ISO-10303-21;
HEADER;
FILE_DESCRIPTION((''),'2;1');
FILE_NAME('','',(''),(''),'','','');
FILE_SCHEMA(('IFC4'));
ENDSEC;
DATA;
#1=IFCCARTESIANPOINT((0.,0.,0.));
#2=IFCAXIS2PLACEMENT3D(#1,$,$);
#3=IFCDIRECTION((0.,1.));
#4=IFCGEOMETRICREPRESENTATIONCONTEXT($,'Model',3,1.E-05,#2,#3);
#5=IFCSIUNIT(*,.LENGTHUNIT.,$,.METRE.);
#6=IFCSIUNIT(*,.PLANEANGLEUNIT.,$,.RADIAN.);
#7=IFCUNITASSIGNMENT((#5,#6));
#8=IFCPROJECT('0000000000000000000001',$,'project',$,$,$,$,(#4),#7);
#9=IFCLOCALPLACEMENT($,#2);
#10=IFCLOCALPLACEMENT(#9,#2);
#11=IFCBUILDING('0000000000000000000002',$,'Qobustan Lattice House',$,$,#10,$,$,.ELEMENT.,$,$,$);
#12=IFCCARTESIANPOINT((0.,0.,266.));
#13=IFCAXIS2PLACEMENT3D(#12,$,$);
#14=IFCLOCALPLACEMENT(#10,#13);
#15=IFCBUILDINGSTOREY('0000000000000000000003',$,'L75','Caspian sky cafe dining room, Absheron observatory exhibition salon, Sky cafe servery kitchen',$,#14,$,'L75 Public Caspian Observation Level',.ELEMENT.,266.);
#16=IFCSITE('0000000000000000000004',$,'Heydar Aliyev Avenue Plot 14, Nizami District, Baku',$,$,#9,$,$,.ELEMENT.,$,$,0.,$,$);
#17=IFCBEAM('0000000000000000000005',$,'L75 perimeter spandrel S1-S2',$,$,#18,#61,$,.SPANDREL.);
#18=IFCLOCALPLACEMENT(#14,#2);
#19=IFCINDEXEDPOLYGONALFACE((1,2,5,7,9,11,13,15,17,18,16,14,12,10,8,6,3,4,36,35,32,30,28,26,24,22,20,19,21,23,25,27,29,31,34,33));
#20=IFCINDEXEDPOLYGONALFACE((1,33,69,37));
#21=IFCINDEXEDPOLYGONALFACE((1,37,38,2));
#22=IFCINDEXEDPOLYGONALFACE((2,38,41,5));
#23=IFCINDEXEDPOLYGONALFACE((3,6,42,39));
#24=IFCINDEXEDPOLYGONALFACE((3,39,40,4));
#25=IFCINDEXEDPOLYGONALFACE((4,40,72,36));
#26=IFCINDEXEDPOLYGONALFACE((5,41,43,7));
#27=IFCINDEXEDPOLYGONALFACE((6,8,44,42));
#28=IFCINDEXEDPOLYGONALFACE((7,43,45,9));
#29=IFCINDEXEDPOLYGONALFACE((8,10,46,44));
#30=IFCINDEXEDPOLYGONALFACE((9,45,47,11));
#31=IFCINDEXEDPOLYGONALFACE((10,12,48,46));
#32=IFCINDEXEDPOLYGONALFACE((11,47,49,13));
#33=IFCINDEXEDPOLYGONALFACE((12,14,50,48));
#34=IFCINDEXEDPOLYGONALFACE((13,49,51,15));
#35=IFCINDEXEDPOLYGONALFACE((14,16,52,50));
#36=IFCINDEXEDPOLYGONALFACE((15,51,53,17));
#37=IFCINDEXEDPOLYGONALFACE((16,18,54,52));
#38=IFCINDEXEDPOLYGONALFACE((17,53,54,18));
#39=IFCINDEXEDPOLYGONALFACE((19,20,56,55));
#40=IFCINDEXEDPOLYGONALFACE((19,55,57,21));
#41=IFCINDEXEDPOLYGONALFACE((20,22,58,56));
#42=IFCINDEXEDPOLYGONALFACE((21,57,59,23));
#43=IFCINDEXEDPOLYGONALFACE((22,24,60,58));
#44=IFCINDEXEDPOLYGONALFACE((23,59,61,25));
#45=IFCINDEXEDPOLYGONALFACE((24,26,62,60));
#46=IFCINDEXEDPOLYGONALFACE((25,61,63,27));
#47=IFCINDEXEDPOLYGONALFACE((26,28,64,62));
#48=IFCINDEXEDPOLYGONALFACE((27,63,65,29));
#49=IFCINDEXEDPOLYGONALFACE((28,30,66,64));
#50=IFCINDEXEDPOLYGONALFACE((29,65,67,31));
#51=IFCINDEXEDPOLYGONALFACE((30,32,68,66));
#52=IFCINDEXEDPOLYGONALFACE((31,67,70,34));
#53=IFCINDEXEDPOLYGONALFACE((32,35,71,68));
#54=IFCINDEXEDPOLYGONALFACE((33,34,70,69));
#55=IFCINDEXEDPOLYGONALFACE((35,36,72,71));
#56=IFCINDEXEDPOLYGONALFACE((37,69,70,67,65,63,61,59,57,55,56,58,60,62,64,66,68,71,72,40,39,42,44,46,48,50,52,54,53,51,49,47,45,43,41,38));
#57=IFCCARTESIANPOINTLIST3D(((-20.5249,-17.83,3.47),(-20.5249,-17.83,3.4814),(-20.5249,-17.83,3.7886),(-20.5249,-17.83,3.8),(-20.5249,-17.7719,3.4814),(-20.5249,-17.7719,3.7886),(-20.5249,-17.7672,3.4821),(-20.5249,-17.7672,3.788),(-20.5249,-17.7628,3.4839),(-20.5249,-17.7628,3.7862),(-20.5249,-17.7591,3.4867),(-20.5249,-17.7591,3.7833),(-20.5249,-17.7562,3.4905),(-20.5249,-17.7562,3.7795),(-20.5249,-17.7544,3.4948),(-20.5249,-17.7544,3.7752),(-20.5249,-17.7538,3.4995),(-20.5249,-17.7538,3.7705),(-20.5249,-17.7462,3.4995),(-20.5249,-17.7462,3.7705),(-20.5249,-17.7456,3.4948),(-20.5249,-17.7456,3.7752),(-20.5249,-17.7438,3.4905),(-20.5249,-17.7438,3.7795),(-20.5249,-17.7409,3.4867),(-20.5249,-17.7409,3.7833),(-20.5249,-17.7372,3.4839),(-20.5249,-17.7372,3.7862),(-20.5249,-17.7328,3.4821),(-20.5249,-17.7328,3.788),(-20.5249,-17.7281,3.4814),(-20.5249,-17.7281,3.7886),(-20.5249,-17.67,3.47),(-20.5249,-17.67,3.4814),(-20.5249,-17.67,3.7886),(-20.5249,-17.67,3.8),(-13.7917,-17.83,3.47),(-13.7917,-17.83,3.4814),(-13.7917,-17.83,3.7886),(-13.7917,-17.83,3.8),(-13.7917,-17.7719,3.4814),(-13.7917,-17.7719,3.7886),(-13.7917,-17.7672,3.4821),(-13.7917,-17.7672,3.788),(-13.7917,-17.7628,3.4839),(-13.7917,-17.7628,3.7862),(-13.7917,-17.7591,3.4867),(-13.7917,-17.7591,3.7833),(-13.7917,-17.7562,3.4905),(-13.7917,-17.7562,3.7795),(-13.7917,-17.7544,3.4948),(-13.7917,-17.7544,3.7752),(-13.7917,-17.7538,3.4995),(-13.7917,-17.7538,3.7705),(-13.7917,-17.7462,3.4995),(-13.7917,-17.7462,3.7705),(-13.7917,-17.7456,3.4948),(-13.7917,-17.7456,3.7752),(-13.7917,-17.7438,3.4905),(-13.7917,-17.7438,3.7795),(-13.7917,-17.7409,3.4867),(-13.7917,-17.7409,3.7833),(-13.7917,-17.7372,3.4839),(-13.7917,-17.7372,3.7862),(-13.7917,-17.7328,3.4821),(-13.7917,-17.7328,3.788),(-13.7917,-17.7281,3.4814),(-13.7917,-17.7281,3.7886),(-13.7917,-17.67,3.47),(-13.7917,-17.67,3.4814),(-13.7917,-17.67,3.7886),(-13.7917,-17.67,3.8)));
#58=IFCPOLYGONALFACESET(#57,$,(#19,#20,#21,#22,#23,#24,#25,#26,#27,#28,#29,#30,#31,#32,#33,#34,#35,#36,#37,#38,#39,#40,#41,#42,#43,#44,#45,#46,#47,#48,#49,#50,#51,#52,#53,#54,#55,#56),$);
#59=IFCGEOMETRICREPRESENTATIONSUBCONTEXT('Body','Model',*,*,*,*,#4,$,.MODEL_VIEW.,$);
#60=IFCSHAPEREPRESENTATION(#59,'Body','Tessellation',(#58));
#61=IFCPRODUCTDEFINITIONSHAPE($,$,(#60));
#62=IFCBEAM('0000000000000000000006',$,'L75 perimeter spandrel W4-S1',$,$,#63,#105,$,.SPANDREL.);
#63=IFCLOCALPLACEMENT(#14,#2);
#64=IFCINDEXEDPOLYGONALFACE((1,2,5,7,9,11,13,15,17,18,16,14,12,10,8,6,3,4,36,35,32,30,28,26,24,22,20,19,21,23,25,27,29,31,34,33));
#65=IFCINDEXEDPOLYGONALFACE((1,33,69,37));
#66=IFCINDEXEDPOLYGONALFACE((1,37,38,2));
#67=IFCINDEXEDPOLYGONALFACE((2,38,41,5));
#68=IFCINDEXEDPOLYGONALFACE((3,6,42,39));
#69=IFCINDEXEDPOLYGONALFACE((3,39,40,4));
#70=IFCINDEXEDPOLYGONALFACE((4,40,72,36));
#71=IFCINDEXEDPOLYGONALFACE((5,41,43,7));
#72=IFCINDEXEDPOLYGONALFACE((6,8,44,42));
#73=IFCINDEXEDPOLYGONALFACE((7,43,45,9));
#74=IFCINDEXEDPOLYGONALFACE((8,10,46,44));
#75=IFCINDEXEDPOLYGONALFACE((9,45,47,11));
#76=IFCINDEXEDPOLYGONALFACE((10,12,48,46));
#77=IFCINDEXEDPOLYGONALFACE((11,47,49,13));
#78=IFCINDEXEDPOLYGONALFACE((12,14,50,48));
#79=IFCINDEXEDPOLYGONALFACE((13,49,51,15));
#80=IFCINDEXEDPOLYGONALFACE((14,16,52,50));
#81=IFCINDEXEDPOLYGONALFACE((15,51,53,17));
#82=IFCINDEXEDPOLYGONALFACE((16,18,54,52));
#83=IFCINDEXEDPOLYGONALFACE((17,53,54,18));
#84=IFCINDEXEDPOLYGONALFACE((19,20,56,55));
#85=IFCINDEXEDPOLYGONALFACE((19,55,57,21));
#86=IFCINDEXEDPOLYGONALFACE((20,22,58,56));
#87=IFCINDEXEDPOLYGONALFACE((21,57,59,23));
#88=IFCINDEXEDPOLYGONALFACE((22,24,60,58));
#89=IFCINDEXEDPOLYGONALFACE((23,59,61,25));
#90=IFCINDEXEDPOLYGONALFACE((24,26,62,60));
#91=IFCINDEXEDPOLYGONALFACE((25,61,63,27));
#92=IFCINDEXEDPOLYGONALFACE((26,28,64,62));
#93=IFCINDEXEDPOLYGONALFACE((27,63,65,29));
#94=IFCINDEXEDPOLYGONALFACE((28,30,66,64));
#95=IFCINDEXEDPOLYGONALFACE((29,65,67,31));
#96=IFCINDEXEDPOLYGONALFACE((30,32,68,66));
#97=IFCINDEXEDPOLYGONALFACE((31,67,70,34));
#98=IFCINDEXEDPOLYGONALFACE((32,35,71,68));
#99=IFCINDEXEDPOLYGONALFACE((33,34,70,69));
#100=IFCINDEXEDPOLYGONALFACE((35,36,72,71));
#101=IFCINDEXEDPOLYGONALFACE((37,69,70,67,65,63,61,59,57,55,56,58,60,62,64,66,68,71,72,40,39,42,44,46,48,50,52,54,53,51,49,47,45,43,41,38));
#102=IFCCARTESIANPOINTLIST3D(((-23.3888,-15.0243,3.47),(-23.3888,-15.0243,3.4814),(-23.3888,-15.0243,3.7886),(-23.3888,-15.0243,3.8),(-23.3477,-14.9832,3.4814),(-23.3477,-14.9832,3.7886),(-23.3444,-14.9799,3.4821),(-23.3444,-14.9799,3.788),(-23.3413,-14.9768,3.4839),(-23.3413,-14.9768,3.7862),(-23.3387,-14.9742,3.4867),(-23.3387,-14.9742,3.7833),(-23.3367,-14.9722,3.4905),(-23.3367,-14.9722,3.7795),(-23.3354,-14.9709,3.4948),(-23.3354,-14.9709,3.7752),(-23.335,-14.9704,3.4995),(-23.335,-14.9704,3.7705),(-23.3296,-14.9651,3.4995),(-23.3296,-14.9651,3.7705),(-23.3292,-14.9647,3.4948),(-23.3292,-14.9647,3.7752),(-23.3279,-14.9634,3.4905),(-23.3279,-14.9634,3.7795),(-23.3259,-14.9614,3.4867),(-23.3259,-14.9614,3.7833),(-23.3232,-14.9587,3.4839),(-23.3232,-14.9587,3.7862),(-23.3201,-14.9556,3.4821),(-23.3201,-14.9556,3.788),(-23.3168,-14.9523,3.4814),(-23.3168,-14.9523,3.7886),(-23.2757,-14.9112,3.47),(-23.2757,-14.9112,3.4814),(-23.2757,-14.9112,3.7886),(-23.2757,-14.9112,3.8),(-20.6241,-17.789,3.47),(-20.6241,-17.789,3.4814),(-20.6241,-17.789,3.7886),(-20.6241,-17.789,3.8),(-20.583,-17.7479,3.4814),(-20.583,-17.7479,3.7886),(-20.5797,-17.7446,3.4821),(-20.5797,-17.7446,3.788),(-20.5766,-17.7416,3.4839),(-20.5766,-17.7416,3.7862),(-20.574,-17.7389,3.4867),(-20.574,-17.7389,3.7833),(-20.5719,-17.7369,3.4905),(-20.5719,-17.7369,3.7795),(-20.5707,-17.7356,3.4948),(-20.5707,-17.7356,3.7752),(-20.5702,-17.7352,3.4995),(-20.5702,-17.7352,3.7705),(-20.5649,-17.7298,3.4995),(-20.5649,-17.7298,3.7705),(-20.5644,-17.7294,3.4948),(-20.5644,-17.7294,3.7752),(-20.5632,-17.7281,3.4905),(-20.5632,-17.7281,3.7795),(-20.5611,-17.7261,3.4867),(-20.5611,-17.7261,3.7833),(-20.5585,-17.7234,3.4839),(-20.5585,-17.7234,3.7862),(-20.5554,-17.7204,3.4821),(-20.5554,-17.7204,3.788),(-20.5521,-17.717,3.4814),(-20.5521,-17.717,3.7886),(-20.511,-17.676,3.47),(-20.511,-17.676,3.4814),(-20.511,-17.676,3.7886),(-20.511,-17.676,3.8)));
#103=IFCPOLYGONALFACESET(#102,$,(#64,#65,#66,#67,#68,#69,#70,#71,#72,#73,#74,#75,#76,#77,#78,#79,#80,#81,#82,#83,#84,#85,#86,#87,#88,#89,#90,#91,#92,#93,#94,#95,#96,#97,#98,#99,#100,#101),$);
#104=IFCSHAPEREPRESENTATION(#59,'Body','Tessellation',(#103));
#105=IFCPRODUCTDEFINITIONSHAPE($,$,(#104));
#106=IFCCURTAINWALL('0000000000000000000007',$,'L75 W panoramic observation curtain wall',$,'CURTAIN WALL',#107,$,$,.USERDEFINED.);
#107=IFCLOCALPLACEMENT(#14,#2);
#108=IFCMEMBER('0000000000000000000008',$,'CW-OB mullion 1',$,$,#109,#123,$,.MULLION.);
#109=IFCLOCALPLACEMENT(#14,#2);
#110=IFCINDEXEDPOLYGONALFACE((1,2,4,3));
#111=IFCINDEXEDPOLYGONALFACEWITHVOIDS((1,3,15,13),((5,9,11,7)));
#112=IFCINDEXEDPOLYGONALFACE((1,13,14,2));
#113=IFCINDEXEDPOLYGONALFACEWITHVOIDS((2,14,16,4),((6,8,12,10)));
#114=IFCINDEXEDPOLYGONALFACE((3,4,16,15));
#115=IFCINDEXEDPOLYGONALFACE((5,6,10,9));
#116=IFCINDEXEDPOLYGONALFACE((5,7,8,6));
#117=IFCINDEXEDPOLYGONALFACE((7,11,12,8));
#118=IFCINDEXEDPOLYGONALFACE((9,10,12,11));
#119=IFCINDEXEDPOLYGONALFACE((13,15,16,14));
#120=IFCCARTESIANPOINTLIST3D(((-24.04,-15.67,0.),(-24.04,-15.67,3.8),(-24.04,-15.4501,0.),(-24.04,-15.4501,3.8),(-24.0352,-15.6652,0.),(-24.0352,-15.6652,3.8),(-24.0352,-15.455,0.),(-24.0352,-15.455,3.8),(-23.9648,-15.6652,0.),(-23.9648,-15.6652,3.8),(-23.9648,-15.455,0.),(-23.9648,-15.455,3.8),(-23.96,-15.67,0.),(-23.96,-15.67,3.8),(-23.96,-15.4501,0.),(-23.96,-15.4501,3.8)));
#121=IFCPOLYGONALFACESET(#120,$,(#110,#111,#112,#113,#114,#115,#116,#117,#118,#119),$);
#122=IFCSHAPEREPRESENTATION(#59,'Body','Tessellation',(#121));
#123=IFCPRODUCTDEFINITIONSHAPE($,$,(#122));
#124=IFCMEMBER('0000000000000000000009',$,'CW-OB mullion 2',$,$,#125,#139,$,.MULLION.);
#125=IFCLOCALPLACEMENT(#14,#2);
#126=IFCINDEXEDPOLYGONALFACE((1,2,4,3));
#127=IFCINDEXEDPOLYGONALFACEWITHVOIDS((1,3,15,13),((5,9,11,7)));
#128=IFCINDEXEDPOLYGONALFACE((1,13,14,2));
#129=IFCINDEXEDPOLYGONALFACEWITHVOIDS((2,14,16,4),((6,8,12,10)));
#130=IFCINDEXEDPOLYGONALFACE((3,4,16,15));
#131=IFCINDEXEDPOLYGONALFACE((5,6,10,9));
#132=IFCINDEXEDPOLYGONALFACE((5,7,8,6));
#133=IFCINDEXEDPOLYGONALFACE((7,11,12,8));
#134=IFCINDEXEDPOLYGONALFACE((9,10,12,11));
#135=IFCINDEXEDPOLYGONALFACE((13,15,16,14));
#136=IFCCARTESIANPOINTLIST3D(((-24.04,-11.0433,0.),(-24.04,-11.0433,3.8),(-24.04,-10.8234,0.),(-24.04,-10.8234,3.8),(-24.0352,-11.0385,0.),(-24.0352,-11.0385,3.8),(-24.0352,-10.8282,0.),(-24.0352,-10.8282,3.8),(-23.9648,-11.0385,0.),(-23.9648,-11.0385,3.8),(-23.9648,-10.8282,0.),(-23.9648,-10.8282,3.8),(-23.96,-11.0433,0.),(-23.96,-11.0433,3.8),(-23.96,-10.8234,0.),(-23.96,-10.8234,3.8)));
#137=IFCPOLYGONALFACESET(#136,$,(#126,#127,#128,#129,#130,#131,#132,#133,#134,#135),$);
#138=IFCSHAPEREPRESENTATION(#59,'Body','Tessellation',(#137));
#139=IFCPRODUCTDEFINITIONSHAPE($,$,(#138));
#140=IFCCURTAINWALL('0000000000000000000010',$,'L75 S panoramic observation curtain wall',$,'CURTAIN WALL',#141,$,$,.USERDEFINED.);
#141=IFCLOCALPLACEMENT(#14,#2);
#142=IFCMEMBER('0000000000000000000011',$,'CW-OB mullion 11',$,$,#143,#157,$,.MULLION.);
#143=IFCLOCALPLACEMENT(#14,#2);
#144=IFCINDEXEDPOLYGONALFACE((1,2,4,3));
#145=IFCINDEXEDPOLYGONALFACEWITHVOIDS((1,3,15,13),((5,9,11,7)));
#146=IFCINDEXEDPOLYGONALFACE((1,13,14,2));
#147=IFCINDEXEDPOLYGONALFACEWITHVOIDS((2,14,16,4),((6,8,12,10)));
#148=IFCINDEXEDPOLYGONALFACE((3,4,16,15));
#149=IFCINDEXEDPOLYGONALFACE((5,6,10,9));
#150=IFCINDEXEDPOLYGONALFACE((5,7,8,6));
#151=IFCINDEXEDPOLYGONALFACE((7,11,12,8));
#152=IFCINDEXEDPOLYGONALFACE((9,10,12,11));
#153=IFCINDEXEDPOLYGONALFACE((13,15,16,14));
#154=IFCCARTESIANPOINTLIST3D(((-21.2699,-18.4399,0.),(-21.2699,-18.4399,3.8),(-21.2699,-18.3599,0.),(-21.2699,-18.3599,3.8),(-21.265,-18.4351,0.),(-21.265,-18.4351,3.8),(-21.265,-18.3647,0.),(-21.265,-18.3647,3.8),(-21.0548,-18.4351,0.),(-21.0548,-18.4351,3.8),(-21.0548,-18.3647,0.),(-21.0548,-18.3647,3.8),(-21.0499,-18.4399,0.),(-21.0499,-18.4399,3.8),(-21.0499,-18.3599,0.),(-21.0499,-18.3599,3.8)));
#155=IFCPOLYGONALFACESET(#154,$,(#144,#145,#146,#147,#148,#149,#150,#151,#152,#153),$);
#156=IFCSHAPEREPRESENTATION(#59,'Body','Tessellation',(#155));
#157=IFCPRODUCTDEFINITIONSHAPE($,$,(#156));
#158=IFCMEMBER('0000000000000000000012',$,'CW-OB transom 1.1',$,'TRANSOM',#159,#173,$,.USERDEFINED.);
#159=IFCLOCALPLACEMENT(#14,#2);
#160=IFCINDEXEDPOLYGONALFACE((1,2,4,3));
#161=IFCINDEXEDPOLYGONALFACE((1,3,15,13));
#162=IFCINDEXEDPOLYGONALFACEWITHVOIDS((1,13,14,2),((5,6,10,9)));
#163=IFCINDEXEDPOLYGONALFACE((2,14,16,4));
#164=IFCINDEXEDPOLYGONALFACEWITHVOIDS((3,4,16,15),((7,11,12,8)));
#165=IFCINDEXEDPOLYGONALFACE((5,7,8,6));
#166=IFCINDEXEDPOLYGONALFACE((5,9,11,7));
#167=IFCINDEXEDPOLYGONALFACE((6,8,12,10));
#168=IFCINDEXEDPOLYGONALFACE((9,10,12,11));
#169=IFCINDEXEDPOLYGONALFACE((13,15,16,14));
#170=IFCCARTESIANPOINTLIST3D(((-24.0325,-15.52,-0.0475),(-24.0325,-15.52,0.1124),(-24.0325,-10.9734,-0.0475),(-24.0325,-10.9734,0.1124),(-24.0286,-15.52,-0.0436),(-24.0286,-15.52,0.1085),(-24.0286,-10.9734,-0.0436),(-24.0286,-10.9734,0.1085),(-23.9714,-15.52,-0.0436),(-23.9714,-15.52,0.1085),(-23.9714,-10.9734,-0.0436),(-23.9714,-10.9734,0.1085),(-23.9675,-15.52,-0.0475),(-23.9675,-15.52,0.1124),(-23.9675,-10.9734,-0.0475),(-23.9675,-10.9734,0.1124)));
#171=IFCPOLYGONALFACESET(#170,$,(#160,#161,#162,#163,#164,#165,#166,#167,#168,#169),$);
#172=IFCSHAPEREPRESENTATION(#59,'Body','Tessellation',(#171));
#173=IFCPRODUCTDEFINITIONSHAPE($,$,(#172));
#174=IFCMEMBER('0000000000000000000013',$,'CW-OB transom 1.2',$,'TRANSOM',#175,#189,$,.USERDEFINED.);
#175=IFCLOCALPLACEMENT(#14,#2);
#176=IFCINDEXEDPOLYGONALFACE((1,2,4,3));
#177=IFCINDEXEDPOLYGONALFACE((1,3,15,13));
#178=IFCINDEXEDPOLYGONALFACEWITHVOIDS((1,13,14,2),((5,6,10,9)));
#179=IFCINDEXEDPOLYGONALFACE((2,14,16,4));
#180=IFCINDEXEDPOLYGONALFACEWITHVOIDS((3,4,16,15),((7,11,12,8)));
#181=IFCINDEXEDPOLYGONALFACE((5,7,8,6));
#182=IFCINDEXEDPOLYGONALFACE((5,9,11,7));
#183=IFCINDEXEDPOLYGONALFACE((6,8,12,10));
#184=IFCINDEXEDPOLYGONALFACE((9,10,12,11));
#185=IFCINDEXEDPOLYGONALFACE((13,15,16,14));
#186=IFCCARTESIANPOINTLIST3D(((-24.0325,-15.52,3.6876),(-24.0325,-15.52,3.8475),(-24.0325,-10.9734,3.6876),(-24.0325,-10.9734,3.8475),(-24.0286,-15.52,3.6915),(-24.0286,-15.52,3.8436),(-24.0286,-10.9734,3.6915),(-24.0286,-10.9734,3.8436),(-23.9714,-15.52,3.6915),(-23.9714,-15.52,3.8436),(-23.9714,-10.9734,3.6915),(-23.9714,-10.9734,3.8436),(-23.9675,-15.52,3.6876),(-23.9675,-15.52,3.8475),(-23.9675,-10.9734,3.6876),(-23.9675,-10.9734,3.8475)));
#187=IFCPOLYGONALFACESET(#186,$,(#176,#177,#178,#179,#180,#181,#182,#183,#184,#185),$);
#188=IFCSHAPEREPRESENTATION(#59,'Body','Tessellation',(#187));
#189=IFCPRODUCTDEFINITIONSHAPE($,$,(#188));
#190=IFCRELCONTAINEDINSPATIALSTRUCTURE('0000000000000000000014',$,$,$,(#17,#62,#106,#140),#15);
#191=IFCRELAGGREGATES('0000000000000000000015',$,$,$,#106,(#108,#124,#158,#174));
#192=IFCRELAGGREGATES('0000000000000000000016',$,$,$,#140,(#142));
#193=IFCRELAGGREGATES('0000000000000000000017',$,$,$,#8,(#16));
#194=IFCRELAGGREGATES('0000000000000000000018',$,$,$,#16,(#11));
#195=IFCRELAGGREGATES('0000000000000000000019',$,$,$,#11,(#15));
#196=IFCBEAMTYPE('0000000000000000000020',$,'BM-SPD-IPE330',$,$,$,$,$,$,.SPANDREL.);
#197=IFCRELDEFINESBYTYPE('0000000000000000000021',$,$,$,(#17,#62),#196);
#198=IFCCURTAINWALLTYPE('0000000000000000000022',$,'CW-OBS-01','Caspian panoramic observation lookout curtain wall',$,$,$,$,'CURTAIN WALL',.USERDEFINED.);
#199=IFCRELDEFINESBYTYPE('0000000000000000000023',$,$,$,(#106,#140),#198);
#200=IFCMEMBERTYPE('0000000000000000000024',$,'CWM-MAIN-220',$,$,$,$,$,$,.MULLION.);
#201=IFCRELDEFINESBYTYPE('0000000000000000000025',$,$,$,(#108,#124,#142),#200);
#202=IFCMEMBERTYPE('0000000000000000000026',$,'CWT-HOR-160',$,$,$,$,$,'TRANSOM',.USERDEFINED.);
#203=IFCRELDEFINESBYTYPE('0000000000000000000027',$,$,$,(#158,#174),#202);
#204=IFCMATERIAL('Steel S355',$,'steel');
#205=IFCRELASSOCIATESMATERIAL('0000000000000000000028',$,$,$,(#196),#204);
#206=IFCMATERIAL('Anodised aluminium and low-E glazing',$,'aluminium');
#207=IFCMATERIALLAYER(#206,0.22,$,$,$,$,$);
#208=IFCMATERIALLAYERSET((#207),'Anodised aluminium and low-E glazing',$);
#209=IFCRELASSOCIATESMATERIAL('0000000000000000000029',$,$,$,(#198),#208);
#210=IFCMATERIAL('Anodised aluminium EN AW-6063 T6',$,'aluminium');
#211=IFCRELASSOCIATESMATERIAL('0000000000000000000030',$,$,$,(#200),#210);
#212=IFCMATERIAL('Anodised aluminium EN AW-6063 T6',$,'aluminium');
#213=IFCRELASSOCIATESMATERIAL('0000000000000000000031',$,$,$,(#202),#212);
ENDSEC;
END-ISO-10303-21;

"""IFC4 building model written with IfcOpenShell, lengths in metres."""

from ifc_helpers import new_model, si_unit, direction, frame, origin, origin_2d, place, context, subcontext, project, spatial, hollow_rectangle, i_section, extrude, material, layer, layer_set, material_profile, profile_set, type_object, element, aggregate, save


model = new_model("IFC4")

# Units and contexts
model_context = context("Model", 3, precision=1e-05, world=origin(), true_north=direction((0.0, 1.0)))
body_context = subcontext(model_context, "Body", "Model", "MODEL_VIEW")
ifc_project = project(units=[si_unit("LENGTHUNIT", "METRE"), si_unit("PLANEANGLEUNIT", "RADIAN")], contexts=[model_context])

# Site, building, storey
site_placement = place(None, origin())
site = spatial("IfcSite", under=ifc_project, at=site_placement, Name="Heydar Aliyev Avenue Plot 14, Nizami District, Baku", CompositionType="ELEMENT", RefElevation=0.0)
building_placement = place(site_placement, origin())
building = spatial("IfcBuilding", under=site, at=building_placement, Name="Qobustan Lattice House", CompositionType="ELEMENT")
storey_placement = place(building_placement, frame((0.0, 0.0, 266.0)))
storey = spatial("IfcBuildingStorey", under=building, at=storey_placement, Name="L75", Description="Caspian sky cafe dining room, Absheron observatory exhibition salon, Sky cafe servery kitchen", LongName="L75 Public Caspian Observation Level", CompositionType="ELEMENT", Elevation=266.0)

# Beams
ifc_material_1 = material(Name="Steel S355", Category="steel")
ifc_material_profile_1 = material_profile(ifc_material_1, i_section(OverallWidth=0.1599, OverallDepth=0.3301, WebThickness=0.0076, FlangeThickness=0.0115, FilletRadius=0.0181, at=origin_2d()), Name="IPE330")
ifc_profile_set_1 = profile_set([ifc_material_profile_1], Name="Steel S355")
beam_type_1 = type_object("IfcBeamType", Name="BM-SPD-IPE330", PredefinedType="SPANDREL", material=ifc_profile_set_1)
beam_1_placement = place(storey_placement, frame((-20.5249, -17.75, 3.635), z_axis=(1.0, 0.0, 0.0), x_axis=(0.0, 1.0, 0.0)))
element("IfcBeam", 1, at=beam_1_placement, inside=storey, type_object=beam_type_1, Name="L75 perimeter spandrel S1-S2", PredefinedType="SPANDREL", context=body_context, shape_type="SweptSolid", body=[
    extrude(i_section(OverallWidth=0.1599, OverallDepth=0.3301, WebThickness=0.0076, FlangeThickness=0.0115, FilletRadius=0.0181, at=origin_2d()), origin(), (0.0, 0.0, 1.0), 6.7332),
])
beam_2_placement = place(storey_placement, frame((-23.3323, -14.9678, 3.635), z_axis=(0.707107, -0.707107, 0.0), x_axis=(0.707107, 0.707107, 0.0)))
element("IfcBeam", 2, at=beam_2_placement, inside=storey, type_object=beam_type_1, Name="L75 perimeter spandrel W4-S1", PredefinedType="SPANDREL", context=body_context, shape_type="SweptSolid", body=[
    extrude(i_section(OverallWidth=0.1599, OverallDepth=0.3301, WebThickness=0.0076, FlangeThickness=0.0115, FilletRadius=0.0181, at=origin_2d()), origin(), (0.0, 0.0, 1.0), 3.9099),
])

# Curtain wall, members
ifc_material_2 = material(Name="Anodised aluminium and low-E glazing", Category="aluminium")
ifc_layer_1 = layer(ifc_material_2, 0.22)
ifc_layer_set_1 = layer_set([ifc_layer_1], Name="Anodised aluminium and low-E glazing")
curtain_wall_type = type_object("IfcCurtainWallType", Name="CW-OBS-01", Description="Caspian panoramic observation lookout curtain wall", ElementType="CURTAIN WALL", PredefinedType="USERDEFINED", material=ifc_layer_set_1)
curtain_wall_1_placement = place(storey_placement, origin())
curtain_wall_1 = element("IfcCurtainWall", 3, at=curtain_wall_1_placement, inside=storey, type_object=curtain_wall_type, Name="L75 W panoramic observation curtain wall", ObjectType="CURTAIN WALL", PredefinedType="USERDEFINED")
ifc_material_3 = material(Name="Anodised aluminium EN AW-6063 T6", Category="aluminium")
ifc_material_profile_2 = material_profile(ifc_material_3, hollow_rectangle(XDim=0.0801, YDim=0.22, WallThickness=0.0049, at=origin_2d()), Name="CWM-220x80")
ifc_profile_set_2 = profile_set([ifc_material_profile_2], Name="Anodised aluminium EN AW-6063 T6")
member_type_1 = type_object("IfcMemberType", Name="CWM-MAIN-220", PredefinedType="MULLION", material=ifc_profile_set_2)
member_1_placement = place(storey_placement, frame((-24.0, -15.5601, 0.0), z_axis=(0.0, 0.0, 1.0), x_axis=(-1.0, 0.0, 0.0)))
member_1 = element("IfcMember", 4, at=member_1_placement, type_object=member_type_1, Name="CW-OB mullion 1", PredefinedType="MULLION", context=body_context, shape_type="SweptSolid", body=[
    extrude(hollow_rectangle(XDim=0.0801, YDim=0.22, WallThickness=0.0049, at=origin_2d()), origin(), (0.0, 0.0, 1.0), 3.8),
])
member_2_placement = place(storey_placement, frame((-24.0, -10.9333, 0.0), z_axis=(0.0, 0.0, 1.0), x_axis=(-1.0, 0.0, 0.0)))
member_2 = element("IfcMember", 5, at=member_2_placement, type_object=member_type_1, Name="CW-OB mullion 2", PredefinedType="MULLION", context=body_context, shape_type="SweptSolid", body=[
    extrude(hollow_rectangle(XDim=0.0801, YDim=0.22, WallThickness=0.0049, at=origin_2d()), origin(), (0.0, 0.0, 1.0), 3.8),
])

# Curtain wall, member
curtain_wall_2_placement = place(storey_placement, origin())
curtain_wall_2 = element("IfcCurtainWall", 6, at=curtain_wall_2_placement, inside=storey, type_object=curtain_wall_type, Name="L75 S panoramic observation curtain wall", ObjectType="CURTAIN WALL", PredefinedType="USERDEFINED")
member_3_placement = place(storey_placement, frame((-21.1599, -18.3999, 0.0), z_axis=(0.0, 0.0, 1.0), x_axis=(0.0, -1.0, 0.0)))
member_3 = element("IfcMember", 7, at=member_3_placement, type_object=member_type_1, Name="CW-OB mullion 11", PredefinedType="MULLION", context=body_context, shape_type="SweptSolid", body=[
    extrude(hollow_rectangle(XDim=0.0801, YDim=0.22, WallThickness=0.0049, at=origin_2d()), origin(), (0.0, 0.0, 1.0), 3.8),
])

# Members
ifc_material_4 = material(Name="Anodised aluminium EN AW-6063 T6", Category="aluminium")
ifc_material_profile_3 = material_profile(ifc_material_4, hollow_rectangle(XDim=0.0649, YDim=0.1599, WallThickness=0.0039, at=origin_2d()), Name="CWT-160x65")
ifc_profile_set_3 = profile_set([ifc_material_profile_3], Name="Anodised aluminium EN AW-6063 T6")
member_type_2 = type_object("IfcMemberType", Name="CWT-HOR-160", ElementType="TRANSOM", PredefinedType="USERDEFINED", material=ifc_profile_set_3)
member_4_placement = place(storey_placement, frame((-24.0, -15.52, 0.0325), z_axis=(0.0, 1.0, 0.0), x_axis=(-1.0, 0.0, 0.0)))
member_4 = element("IfcMember", 8, at=member_4_placement, type_object=member_type_2, Name="CW-OB transom 1.1", ObjectType="TRANSOM", PredefinedType="USERDEFINED", context=body_context, shape_type="SweptSolid", body=[
    extrude(hollow_rectangle(XDim=0.0649, YDim=0.1599, WallThickness=0.0039, at=origin_2d()), origin(), (0.0, 0.0, 1.0), 4.5466),
])
member_5_placement = place(storey_placement, frame((-24.0, -15.52, 3.7676), z_axis=(0.0, 1.0, 0.0), x_axis=(-1.0, 0.0, 0.0)))
member_5 = element("IfcMember", 9, at=member_5_placement, type_object=member_type_2, Name="CW-OB transom 1.2", ObjectType="TRANSOM", PredefinedType="USERDEFINED", context=body_context, shape_type="SweptSolid", body=[
    extrude(hollow_rectangle(XDim=0.0649, YDim=0.1599, WallThickness=0.0039, at=origin_2d()), origin(), (0.0, 0.0, 1.0), 4.5466),
])

aggregate(curtain_wall_1, [member_1, member_2, member_4, member_5])
aggregate(curtain_wall_2, [member_3])

save(model, "model.ifc")
